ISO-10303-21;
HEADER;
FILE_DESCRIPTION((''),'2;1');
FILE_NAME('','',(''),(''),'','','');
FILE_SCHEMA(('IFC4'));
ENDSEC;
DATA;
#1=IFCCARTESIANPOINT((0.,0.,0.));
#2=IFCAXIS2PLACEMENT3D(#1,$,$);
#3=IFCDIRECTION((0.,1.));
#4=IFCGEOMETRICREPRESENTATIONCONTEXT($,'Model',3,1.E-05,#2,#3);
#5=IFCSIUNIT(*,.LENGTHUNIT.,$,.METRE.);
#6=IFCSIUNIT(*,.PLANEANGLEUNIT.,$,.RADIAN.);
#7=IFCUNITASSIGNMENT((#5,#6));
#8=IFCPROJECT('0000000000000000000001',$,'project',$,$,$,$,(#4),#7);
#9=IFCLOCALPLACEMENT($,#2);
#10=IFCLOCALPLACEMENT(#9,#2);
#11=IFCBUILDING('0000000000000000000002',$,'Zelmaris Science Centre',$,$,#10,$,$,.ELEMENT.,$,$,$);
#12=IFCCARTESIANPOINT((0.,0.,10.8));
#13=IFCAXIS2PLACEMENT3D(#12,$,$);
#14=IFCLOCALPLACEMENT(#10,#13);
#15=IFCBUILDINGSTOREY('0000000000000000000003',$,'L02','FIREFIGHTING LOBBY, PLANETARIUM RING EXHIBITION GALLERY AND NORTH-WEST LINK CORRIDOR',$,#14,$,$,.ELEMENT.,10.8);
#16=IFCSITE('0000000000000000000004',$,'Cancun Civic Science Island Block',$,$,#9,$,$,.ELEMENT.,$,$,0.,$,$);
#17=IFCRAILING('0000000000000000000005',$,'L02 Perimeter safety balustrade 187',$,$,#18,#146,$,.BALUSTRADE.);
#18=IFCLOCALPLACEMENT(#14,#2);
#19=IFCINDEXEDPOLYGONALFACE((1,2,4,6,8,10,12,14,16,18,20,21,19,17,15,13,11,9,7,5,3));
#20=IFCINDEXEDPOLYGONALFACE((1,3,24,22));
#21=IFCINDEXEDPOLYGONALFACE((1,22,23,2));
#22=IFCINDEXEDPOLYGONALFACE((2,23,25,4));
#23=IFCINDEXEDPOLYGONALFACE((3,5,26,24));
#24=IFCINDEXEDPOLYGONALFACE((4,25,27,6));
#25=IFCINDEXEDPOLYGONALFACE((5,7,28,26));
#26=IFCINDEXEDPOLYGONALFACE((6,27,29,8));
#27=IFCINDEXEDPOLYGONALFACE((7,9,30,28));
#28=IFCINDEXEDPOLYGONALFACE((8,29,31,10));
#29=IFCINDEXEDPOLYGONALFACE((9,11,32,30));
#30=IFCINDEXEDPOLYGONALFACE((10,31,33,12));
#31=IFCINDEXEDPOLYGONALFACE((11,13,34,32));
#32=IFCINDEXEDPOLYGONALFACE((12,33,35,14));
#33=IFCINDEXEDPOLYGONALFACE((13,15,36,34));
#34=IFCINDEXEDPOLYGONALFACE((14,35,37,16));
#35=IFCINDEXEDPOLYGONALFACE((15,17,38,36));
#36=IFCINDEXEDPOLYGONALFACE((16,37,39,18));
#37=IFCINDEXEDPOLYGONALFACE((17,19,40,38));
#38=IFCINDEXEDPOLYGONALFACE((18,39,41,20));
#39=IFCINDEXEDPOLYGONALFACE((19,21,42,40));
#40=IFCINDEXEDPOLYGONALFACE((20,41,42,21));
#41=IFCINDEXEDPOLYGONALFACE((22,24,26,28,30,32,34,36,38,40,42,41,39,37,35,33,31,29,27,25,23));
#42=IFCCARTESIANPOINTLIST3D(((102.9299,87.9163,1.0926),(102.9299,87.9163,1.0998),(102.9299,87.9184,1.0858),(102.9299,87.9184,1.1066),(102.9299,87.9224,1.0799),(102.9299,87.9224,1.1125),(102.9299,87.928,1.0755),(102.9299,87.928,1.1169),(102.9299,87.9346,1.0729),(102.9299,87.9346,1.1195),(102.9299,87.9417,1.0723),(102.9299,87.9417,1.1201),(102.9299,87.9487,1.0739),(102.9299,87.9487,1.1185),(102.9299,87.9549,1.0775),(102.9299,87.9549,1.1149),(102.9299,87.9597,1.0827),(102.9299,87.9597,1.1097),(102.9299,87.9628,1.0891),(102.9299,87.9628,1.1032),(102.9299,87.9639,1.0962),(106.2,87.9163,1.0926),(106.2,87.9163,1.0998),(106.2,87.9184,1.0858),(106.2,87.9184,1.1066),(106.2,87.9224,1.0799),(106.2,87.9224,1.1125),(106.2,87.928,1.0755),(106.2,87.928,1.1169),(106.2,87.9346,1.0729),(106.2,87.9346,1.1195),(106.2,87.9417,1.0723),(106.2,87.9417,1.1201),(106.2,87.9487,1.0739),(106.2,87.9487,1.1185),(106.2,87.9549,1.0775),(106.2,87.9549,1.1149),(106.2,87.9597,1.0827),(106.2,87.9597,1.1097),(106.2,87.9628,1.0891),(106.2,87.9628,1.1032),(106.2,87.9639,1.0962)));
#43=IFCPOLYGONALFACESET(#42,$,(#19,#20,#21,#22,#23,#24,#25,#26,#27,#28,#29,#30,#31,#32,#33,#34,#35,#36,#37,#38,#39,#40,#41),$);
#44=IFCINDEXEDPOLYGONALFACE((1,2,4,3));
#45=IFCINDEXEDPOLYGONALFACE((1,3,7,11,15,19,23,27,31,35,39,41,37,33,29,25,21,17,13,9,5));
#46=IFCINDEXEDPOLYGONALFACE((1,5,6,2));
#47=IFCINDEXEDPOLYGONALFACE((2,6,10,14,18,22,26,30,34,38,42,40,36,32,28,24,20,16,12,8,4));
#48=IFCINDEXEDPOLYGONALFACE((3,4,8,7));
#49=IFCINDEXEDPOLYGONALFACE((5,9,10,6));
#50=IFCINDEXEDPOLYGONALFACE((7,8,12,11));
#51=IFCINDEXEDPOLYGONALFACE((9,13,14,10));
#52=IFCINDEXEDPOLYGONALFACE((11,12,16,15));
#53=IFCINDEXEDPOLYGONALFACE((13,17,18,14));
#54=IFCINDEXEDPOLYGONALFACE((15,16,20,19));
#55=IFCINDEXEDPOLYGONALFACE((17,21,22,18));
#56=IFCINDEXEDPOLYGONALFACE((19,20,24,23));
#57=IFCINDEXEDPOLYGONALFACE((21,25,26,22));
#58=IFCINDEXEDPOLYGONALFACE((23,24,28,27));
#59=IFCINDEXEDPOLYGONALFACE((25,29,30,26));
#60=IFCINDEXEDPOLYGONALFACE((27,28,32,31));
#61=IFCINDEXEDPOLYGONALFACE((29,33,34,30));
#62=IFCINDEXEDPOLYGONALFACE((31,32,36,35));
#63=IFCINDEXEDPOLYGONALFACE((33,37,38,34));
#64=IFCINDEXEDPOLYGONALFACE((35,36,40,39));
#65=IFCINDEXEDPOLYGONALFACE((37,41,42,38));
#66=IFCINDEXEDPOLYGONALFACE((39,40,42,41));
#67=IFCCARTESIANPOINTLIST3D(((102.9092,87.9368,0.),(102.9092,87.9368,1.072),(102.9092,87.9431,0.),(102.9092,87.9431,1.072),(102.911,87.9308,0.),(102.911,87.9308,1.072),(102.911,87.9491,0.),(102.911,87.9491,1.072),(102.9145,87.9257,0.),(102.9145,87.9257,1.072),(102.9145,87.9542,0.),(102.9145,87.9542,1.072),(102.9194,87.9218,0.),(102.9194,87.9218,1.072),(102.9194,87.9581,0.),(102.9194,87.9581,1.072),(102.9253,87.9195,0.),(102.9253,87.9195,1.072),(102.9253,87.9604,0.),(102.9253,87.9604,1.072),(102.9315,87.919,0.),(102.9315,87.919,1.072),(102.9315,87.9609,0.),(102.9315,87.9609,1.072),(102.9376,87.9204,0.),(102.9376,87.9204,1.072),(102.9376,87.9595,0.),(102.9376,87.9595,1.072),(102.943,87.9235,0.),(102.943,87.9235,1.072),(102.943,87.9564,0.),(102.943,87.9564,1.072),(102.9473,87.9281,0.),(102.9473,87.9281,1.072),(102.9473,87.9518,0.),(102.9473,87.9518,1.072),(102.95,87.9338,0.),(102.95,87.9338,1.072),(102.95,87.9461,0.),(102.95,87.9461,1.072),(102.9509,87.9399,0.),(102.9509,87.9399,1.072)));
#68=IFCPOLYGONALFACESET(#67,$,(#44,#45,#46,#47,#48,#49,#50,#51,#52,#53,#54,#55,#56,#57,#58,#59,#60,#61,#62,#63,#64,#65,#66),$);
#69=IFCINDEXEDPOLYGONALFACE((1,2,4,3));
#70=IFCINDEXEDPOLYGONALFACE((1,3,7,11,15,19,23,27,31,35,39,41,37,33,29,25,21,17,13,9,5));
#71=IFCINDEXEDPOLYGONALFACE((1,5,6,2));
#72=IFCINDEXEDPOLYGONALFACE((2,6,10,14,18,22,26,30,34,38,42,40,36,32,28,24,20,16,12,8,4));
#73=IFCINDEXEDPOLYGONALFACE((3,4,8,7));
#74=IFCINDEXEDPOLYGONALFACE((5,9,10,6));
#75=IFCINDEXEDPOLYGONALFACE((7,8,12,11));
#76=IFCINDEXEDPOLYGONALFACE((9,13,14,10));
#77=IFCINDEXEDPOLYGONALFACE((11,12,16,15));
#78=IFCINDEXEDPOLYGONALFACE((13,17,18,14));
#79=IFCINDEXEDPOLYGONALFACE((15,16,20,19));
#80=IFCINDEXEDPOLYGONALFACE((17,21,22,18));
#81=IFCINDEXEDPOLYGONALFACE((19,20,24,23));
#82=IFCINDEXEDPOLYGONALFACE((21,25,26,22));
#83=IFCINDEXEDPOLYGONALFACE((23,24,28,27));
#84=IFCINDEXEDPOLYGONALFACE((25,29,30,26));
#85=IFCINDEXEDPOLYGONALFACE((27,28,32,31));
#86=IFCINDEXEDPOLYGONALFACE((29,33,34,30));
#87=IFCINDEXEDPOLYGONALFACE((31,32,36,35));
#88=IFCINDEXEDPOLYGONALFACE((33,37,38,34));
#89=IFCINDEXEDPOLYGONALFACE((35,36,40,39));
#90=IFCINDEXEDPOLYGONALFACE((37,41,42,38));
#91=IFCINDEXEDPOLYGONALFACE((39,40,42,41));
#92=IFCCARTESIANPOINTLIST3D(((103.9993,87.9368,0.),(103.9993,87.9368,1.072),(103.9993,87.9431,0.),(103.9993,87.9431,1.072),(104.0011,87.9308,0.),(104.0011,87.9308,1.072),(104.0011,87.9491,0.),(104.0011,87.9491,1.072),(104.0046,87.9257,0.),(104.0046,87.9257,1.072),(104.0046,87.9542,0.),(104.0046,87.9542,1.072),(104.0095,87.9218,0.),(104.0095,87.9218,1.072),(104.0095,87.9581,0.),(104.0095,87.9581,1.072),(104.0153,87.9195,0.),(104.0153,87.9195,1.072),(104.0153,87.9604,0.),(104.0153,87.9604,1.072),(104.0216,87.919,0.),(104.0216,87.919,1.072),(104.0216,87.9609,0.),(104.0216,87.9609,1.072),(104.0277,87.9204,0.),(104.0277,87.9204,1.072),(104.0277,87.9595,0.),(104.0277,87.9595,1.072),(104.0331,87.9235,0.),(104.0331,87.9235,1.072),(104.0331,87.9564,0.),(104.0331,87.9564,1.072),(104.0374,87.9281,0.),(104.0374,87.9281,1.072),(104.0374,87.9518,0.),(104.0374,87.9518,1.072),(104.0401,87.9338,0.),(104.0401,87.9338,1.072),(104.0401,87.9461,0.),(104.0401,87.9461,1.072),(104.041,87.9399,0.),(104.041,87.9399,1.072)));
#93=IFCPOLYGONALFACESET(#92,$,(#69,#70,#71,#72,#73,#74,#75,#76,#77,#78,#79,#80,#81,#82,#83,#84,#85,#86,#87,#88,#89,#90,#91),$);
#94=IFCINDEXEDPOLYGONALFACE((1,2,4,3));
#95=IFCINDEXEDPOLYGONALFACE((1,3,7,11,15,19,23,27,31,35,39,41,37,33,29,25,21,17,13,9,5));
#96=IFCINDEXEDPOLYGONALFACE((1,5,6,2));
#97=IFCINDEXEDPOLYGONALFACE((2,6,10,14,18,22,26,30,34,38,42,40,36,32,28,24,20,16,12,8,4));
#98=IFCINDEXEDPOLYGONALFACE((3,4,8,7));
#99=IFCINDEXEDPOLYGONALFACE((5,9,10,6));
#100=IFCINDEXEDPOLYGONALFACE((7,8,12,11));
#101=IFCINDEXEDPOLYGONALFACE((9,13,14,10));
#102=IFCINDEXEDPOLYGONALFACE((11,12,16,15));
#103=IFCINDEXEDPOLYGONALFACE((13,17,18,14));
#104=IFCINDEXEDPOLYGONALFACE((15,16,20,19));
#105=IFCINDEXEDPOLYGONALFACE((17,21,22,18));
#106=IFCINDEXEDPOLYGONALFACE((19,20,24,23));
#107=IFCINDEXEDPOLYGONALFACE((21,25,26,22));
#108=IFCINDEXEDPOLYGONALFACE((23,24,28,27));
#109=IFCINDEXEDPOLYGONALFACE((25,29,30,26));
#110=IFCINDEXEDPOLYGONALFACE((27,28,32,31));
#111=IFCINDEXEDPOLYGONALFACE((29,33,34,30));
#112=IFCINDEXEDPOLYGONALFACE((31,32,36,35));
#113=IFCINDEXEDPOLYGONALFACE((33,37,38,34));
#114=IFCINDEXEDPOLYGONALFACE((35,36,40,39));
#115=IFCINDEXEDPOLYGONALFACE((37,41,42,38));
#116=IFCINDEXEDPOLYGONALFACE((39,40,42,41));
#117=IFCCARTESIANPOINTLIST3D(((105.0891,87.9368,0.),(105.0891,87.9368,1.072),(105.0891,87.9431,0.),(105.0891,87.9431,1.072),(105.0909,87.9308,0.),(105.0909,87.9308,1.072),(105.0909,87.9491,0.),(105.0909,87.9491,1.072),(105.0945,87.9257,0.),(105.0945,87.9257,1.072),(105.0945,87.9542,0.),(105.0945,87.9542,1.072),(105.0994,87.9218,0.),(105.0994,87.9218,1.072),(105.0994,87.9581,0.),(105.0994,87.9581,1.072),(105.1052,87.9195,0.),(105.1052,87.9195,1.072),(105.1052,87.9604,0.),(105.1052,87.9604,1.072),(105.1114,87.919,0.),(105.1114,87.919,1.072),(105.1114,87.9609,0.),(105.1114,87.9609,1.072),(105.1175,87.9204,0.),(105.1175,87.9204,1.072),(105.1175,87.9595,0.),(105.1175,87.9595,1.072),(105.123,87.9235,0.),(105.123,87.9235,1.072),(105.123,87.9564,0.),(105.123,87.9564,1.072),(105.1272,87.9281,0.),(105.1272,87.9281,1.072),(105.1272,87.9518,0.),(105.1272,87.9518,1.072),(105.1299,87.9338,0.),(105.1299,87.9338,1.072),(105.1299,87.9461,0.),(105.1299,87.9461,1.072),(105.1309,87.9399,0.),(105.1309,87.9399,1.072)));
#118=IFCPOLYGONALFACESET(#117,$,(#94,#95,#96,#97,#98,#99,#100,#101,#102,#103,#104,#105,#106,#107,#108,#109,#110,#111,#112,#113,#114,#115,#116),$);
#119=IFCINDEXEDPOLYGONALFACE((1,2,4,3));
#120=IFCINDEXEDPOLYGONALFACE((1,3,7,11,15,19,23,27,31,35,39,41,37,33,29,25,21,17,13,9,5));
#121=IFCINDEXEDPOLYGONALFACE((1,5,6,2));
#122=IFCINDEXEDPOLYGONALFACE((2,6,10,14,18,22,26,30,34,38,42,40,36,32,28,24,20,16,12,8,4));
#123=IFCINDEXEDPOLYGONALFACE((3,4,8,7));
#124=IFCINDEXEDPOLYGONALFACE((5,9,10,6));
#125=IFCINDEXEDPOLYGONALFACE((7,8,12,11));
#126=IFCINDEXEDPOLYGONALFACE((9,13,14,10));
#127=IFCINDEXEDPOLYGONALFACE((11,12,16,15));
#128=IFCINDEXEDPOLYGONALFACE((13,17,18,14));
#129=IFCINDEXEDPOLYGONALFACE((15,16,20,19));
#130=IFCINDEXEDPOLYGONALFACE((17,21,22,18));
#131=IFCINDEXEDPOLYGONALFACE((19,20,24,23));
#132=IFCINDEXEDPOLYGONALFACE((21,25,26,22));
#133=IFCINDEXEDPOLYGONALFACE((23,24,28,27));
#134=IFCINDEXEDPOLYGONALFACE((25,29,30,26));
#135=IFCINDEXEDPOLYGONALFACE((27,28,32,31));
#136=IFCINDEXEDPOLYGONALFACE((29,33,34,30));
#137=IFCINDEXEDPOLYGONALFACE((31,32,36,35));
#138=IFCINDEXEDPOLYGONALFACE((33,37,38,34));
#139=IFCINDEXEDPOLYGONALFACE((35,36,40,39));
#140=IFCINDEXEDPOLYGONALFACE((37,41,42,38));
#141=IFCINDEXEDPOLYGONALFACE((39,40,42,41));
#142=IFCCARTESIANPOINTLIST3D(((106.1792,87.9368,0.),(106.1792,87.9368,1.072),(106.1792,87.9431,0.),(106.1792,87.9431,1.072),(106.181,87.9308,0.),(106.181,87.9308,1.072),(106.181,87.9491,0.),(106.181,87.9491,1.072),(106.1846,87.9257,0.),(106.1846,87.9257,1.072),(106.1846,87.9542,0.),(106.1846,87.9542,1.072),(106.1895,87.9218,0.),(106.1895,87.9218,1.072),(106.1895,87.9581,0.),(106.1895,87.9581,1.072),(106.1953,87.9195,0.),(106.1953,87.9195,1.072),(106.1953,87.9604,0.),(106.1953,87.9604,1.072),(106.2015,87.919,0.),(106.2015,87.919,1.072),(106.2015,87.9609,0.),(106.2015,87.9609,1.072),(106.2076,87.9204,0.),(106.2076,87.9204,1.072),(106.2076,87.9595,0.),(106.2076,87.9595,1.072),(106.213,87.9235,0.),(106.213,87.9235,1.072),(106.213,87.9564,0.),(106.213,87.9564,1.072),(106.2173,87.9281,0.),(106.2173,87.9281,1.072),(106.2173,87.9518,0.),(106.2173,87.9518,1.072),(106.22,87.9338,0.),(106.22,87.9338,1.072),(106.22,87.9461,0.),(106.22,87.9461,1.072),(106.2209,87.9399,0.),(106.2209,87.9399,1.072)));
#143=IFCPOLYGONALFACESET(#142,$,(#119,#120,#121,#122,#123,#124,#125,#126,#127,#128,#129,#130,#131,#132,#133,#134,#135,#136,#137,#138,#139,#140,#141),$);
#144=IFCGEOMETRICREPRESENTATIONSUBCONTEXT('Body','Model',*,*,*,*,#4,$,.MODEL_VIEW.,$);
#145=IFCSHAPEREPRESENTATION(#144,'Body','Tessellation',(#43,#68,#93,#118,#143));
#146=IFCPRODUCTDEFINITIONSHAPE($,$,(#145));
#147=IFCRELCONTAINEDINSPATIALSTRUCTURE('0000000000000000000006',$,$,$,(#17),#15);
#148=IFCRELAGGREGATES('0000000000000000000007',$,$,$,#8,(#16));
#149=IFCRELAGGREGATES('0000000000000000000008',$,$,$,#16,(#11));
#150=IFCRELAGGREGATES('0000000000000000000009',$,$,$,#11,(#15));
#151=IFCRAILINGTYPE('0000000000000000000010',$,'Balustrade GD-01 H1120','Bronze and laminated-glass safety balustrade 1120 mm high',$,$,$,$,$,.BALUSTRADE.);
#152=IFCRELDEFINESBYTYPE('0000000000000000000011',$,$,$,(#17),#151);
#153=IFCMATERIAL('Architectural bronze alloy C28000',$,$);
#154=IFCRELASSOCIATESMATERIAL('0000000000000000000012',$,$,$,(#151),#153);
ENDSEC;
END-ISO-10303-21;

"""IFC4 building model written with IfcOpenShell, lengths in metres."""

from ifc_helpers import new_model, si_unit, direction, frame, origin, origin_2d, place, context, subcontext, project, spatial, circle, extrude, material, type_object, element, save


model = new_model("IFC4")

# Units and contexts
model_context = context("Model", 3, precision=1e-05, world=origin(), true_north=direction((0.0, 1.0)))
body_context = subcontext(model_context, "Body", "Model", "MODEL_VIEW")
ifc_project = project(units=[si_unit("LENGTHUNIT", "METRE"), si_unit("PLANEANGLEUNIT", "RADIAN")], contexts=[model_context])

# Site, building, storey
site_placement = place(None, origin())
site = spatial("IfcSite", under=ifc_project, at=site_placement, Name="Cancun Civic Science Island Block", CompositionType="ELEMENT", RefElevation=0.0)
building_placement = place(site_placement, origin())
building = spatial("IfcBuilding", under=site, at=building_placement, Name="Zelmaris Science Centre", CompositionType="ELEMENT")
storey_placement = place(building_placement, frame((0.0, 0.0, 10.8)))
storey = spatial("IfcBuildingStorey", under=building, at=storey_placement, Name="L02", Description="FIREFIGHTING LOBBY, PLANETARIUM RING EXHIBITION GALLERY AND NORTH-WEST LINK CORRIDOR", CompositionType="ELEMENT", Elevation=10.8)

# Railing
ifc_material_1 = material(Name="Architectural bronze alloy C28000")
railing_type = type_object("IfcRailingType", Name="Balustrade GD-01 H1120", Description="Bronze and laminated-glass safety balustrade 1120 mm high", PredefinedType="BALUSTRADE", material=ifc_material_1)
railing_placement = place(storey_placement, frame((102.9299, 87.9399, 0.0)))
element("IfcRailing", 1, at=railing_placement, inside=storey, type_object=railing_type, Name="L02 Perimeter safety balustrade 187", PredefinedType="BALUSTRADE", context=body_context, shape_type="SweptSolid", body=[
    extrude(circle(Radius=0.0239, at=origin_2d()), frame((0.0, 0.0, 1.0962), z_axis=(1.0, 0.0, 0.0), x_axis=(0.0, 1.0, 0.0)), (0.0, 0.0, 1.0), 3.27),
    extrude(circle(Radius=0.021, at=origin_2d()), origin(), (0.0, 0.0, 1.0), 1.072),
    extrude(circle(Radius=0.021, at=origin_2d()), frame((1.0901, 0.0, 0.0)), (0.0, 0.0, 1.0), 1.072),
    extrude(circle(Radius=0.021, at=origin_2d()), frame((2.1799, 0.0, 0.0)), (0.0, 0.0, 1.0), 1.072),
    extrude(circle(Radius=0.021, at=origin_2d()), frame((3.27, 0.0, 0.0)), (0.0, 0.0, 1.0), 1.072),
])

save(model, "model.ifc")
